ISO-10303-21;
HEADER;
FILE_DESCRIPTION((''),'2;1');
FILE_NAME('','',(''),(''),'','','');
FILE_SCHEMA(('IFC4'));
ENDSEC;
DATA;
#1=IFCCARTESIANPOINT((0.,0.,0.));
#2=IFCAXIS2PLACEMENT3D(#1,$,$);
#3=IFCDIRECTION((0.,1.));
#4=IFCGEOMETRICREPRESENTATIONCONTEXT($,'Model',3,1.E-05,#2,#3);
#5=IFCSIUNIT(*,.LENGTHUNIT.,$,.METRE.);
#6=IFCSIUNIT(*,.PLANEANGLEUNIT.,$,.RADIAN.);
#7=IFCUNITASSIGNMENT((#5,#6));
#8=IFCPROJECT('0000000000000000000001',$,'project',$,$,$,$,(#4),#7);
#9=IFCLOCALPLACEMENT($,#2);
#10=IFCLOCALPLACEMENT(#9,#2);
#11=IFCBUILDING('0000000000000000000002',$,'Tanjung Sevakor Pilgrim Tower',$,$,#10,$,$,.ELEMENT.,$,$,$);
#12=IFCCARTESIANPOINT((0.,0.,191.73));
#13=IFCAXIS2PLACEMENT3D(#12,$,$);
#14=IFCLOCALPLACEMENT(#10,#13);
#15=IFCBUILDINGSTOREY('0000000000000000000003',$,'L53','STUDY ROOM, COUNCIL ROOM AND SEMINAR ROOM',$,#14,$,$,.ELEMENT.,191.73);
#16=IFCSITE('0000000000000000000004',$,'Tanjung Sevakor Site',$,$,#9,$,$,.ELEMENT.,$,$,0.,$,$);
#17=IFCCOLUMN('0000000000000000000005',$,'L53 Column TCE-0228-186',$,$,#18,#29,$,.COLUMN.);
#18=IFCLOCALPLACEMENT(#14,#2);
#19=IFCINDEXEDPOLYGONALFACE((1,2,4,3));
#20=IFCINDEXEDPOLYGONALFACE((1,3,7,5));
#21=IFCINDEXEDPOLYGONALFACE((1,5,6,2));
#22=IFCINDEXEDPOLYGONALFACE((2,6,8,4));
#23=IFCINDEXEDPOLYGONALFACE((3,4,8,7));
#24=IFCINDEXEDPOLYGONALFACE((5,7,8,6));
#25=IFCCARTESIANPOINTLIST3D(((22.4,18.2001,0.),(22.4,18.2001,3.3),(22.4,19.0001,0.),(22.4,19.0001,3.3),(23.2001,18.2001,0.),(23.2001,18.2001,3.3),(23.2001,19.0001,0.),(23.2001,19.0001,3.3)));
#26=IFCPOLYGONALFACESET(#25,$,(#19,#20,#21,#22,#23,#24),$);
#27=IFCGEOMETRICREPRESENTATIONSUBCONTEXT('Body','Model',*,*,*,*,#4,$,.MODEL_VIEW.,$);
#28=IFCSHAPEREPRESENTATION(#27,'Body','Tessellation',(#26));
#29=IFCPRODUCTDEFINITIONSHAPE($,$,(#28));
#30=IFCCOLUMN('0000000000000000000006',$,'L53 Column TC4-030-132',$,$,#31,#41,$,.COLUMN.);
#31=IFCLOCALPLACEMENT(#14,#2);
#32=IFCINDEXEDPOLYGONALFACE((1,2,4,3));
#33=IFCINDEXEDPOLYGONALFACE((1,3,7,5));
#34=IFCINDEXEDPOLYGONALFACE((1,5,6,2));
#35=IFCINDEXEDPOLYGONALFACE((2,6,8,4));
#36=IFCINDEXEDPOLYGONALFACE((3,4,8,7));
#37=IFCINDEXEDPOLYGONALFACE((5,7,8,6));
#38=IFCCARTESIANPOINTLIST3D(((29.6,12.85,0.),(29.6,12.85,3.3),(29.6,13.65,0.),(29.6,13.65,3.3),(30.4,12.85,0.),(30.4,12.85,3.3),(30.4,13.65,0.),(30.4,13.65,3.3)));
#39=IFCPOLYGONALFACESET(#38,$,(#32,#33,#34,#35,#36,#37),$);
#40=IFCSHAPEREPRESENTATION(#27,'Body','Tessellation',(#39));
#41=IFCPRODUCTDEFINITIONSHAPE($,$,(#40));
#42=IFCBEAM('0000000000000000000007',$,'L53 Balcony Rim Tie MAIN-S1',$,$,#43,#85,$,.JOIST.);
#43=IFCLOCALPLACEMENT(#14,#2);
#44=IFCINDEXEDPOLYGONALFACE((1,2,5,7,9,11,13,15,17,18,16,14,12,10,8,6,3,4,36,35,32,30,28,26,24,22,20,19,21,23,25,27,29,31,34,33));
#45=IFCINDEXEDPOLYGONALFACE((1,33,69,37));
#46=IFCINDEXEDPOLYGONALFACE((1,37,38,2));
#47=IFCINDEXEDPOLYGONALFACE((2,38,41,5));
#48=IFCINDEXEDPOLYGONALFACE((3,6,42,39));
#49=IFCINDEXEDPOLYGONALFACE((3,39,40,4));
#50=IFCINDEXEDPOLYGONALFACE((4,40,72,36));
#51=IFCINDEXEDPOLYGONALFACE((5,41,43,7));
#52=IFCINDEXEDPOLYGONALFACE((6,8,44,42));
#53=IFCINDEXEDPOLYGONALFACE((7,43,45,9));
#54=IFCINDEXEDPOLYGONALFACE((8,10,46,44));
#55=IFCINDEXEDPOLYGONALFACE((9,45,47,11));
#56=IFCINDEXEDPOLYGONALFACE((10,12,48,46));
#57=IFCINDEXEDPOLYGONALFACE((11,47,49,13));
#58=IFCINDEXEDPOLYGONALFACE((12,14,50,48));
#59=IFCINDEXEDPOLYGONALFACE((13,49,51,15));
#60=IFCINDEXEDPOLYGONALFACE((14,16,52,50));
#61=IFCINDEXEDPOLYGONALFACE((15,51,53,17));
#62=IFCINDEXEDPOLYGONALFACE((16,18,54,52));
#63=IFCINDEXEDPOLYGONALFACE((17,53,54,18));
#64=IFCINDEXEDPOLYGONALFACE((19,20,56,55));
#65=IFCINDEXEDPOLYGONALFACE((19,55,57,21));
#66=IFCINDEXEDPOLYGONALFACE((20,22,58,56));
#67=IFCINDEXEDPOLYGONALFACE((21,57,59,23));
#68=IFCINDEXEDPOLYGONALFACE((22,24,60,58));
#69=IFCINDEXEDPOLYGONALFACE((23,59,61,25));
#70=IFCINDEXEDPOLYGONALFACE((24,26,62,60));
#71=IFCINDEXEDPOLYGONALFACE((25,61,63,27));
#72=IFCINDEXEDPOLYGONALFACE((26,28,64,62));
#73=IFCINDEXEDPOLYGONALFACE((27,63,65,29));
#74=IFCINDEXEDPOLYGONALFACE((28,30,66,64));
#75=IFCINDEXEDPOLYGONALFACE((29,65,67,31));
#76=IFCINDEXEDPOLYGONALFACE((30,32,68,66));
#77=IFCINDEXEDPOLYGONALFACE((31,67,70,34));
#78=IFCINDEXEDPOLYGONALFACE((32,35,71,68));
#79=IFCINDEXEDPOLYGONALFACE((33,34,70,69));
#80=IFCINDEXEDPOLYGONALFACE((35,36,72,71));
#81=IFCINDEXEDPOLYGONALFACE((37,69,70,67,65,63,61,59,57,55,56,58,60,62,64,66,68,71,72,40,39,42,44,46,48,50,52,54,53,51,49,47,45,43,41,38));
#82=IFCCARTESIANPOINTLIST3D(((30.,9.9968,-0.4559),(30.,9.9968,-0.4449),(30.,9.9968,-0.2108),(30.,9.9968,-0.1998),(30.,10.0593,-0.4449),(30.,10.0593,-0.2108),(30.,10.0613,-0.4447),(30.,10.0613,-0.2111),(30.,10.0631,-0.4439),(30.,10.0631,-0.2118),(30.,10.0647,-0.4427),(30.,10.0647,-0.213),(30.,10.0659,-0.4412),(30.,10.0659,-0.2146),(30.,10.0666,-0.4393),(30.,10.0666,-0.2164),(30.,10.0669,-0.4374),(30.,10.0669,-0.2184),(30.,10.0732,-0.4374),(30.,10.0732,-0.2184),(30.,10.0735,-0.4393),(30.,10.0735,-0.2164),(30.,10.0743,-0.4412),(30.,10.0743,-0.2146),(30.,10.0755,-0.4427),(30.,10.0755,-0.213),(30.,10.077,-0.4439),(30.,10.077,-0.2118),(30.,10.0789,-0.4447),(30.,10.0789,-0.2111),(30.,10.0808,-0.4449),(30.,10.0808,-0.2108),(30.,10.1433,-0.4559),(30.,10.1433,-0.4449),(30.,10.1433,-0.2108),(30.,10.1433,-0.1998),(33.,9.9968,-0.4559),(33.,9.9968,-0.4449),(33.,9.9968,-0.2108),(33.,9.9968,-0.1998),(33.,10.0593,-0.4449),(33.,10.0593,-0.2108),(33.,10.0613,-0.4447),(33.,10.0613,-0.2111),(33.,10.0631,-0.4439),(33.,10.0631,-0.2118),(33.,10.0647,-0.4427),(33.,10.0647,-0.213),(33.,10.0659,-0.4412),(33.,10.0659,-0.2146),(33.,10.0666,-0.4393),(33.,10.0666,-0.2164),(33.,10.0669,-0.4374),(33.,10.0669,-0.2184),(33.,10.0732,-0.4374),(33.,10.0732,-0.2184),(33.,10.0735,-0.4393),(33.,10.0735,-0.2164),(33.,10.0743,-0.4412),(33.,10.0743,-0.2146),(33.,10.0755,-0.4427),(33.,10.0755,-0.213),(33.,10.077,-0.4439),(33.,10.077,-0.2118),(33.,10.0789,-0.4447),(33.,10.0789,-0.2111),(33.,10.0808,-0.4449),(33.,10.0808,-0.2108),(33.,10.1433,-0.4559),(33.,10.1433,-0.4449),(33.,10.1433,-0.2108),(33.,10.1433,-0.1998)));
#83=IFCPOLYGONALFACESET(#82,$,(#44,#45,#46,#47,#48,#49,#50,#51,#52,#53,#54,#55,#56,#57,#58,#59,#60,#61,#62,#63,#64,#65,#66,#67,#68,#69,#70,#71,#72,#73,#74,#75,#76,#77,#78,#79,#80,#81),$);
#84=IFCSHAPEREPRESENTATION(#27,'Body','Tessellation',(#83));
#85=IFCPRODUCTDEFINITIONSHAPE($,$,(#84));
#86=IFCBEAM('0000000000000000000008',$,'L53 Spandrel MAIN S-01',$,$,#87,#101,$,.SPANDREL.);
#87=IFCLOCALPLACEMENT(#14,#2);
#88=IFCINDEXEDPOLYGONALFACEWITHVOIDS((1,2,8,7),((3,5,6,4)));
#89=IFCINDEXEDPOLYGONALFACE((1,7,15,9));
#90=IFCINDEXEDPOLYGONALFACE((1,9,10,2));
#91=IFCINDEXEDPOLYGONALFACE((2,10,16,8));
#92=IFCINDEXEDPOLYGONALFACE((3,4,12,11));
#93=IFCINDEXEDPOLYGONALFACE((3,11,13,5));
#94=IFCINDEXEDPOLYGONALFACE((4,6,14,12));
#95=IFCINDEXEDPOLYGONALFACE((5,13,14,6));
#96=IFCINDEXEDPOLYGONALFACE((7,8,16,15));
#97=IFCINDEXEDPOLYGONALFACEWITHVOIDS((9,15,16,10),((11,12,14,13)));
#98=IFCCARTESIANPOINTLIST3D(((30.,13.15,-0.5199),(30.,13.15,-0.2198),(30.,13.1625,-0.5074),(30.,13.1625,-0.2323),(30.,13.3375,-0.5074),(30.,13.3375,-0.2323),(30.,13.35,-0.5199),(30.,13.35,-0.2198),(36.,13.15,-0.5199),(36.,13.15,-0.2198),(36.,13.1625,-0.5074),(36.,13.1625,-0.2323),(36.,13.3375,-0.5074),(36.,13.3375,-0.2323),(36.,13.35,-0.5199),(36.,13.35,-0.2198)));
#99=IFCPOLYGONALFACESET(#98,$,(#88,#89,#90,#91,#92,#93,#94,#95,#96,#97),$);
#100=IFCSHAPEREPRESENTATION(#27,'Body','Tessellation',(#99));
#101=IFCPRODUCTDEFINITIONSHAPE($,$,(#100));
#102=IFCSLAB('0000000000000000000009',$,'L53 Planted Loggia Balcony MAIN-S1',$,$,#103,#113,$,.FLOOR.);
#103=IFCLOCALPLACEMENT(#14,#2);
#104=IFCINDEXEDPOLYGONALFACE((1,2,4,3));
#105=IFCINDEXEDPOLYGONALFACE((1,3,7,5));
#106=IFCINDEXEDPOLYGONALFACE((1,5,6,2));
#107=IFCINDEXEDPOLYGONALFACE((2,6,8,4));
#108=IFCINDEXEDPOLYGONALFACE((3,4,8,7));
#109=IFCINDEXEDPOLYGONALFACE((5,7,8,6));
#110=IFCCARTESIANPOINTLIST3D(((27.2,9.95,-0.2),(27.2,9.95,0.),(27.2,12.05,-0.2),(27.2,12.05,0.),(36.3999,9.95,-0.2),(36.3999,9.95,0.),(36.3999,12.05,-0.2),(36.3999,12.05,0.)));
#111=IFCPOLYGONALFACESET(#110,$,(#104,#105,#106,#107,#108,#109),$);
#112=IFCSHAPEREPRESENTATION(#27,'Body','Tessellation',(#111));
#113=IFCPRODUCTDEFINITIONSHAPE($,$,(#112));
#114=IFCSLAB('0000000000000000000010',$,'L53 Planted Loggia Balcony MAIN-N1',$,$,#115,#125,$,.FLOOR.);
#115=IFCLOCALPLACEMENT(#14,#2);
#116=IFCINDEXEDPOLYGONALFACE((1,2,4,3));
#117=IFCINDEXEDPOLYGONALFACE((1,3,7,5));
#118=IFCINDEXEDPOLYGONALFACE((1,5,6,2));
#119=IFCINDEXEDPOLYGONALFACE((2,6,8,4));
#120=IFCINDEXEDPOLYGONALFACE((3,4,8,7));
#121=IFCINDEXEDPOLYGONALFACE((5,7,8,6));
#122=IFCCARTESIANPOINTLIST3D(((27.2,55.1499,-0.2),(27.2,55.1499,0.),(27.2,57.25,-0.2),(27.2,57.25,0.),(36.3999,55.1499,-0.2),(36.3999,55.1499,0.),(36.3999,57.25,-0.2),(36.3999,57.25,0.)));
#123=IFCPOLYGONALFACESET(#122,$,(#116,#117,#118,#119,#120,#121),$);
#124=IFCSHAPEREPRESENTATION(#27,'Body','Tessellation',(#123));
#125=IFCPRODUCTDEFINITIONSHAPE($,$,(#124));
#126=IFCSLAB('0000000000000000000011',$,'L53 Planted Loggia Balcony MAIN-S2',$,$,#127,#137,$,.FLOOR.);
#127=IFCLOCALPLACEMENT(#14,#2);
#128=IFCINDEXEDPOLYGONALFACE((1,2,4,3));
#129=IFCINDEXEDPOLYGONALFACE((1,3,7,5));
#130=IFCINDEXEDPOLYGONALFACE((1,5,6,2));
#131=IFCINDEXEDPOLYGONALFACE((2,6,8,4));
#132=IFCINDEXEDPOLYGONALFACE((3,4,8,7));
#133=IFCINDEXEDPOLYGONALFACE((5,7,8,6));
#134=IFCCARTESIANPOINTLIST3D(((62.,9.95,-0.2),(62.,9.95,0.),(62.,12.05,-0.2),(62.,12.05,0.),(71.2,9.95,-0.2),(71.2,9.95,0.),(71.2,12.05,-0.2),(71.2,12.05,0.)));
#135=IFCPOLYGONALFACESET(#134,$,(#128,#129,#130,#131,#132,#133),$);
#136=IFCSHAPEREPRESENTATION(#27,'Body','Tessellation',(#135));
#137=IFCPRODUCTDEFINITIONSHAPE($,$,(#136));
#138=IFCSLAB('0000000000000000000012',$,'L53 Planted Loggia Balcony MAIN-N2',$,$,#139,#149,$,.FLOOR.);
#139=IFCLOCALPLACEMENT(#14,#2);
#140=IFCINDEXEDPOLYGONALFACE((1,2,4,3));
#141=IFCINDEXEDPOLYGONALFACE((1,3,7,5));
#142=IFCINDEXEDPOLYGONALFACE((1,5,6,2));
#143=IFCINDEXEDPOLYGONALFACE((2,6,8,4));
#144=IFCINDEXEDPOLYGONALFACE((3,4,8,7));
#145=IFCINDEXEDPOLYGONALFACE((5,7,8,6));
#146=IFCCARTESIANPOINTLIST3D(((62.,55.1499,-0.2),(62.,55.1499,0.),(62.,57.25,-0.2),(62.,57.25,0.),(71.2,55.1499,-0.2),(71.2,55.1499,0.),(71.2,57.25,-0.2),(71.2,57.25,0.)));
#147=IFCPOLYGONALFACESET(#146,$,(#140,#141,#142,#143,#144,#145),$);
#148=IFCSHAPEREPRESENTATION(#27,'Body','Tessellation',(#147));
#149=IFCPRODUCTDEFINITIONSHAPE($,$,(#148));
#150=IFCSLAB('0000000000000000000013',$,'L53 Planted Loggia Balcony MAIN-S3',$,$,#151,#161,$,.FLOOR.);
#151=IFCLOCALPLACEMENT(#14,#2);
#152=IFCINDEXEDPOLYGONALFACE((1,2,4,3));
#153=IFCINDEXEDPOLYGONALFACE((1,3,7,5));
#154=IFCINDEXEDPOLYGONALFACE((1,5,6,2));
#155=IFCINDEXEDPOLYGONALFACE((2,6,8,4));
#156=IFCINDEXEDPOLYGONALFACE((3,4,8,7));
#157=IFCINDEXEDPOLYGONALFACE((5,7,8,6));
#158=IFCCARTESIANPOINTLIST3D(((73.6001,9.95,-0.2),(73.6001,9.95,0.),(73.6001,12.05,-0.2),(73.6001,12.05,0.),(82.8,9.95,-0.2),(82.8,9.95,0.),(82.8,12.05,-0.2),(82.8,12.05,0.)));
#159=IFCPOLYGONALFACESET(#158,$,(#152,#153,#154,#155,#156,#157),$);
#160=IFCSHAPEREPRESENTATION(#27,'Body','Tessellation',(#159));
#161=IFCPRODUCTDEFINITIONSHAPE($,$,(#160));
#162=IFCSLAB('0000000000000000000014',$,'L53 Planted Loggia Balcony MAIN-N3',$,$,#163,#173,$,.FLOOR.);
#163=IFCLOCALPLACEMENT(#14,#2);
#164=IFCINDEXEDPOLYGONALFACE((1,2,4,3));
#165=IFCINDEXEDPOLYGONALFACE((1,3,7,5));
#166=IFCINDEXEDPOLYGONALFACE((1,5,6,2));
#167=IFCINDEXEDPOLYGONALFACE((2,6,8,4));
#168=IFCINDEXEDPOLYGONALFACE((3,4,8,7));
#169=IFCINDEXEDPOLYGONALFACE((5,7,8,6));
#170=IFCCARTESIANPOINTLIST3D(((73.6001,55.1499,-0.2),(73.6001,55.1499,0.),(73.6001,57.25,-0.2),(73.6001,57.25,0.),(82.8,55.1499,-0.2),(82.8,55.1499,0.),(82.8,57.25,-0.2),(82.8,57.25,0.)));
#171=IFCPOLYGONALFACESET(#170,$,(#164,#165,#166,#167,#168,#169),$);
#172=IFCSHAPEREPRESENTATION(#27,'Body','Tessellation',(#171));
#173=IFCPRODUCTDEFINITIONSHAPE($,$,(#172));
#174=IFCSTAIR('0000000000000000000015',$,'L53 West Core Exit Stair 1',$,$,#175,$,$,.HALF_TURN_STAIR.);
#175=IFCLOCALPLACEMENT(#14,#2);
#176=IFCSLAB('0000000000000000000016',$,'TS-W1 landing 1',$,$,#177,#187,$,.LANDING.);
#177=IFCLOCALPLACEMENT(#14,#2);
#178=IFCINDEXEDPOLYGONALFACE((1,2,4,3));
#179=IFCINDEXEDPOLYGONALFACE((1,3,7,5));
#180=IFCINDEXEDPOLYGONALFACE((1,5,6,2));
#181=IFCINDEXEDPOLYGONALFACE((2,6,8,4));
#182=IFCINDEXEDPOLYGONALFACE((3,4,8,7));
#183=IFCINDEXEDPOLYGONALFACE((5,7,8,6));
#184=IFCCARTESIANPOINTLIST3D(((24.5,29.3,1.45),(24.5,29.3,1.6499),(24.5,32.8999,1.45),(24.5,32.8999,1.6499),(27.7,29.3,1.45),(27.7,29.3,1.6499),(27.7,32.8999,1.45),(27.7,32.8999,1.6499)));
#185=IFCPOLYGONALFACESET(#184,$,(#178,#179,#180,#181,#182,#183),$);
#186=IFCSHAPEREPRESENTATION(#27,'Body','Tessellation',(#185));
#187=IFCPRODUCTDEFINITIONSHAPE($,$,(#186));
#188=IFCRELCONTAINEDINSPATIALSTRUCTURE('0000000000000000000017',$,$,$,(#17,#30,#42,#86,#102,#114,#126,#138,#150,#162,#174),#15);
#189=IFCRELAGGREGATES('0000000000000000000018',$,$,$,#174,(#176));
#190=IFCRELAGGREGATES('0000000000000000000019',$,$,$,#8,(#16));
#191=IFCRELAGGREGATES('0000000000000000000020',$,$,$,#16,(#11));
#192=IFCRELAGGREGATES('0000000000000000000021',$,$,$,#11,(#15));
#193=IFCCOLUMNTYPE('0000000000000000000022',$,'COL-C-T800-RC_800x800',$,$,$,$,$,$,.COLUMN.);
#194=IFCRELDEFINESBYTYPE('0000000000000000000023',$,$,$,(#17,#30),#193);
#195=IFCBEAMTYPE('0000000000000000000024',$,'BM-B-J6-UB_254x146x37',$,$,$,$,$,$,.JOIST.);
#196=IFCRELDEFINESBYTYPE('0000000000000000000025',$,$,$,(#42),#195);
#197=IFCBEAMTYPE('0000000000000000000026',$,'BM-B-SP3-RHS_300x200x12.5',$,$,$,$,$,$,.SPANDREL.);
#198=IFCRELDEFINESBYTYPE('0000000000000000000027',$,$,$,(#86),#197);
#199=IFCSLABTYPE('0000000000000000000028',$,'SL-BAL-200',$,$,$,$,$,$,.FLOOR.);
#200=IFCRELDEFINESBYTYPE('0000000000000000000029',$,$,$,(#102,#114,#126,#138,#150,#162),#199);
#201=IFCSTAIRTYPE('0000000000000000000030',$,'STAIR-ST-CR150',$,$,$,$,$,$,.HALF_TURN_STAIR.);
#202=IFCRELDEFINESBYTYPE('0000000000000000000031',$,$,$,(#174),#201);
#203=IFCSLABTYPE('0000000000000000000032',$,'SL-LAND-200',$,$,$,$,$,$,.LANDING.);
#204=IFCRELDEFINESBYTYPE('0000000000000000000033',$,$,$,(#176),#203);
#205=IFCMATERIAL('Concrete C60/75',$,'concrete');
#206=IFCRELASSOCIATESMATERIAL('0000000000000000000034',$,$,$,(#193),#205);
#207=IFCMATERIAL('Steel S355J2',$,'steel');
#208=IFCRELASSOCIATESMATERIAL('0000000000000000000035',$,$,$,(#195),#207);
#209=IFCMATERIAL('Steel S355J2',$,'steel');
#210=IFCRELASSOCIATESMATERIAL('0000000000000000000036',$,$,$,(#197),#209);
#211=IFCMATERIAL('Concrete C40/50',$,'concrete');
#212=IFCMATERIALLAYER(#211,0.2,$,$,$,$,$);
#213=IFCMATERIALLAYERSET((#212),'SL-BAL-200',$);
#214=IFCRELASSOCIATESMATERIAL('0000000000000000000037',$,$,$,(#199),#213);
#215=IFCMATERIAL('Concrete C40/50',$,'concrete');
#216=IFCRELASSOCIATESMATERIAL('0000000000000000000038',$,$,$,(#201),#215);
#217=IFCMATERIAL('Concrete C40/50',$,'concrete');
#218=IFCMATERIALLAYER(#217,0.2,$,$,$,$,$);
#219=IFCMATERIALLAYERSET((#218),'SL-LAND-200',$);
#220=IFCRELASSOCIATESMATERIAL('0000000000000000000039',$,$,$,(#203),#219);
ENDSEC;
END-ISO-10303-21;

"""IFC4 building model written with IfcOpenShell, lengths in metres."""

from ifc_helpers import new_model, si_unit, direction, frame, origin, origin_2d, place, context, subcontext, project, spatial, polyline, rectangle, hollow_rectangle, i_section, outline, extrude, material, layer, layer_set, material_profile, profile_set, type_object, element, aggregate, save


model = new_model("IFC4")

# Units and contexts
model_context = context("Model", 3, precision=1e-05, world=origin(), true_north=direction((0.0, 1.0)))
body_context = subcontext(model_context, "Body", "Model", "MODEL_VIEW")
ifc_project = project(units=[si_unit("LENGTHUNIT", "METRE"), si_unit("PLANEANGLEUNIT", "RADIAN")], contexts=[model_context])

# Site, building, storey
site_placement = place(None, origin())
site = spatial("IfcSite", under=ifc_project, at=site_placement, Name="Tanjung Sevakor Site", CompositionType="ELEMENT", RefElevation=0.0)
building_placement = place(site_placement, origin())
building = spatial("IfcBuilding", under=site, at=building_placement, Name="Tanjung Sevakor Pilgrim Tower", CompositionType="ELEMENT")
storey_placement = place(building_placement, frame((0.0, 0.0, 191.73)))
storey = spatial("IfcBuildingStorey", under=building, at=storey_placement, Name="L53", Description="STUDY ROOM, COUNCIL ROOM AND SEMINAR ROOM", CompositionType="ELEMENT", Elevation=191.73)

# Columns
ifc_material_1 = material(Name="Concrete C60/75", Category="concrete")
ifc_material_profile_1 = material_profile(ifc_material_1, rectangle(XDim=0.8, YDim=0.8, at=origin_2d()))
ifc_profile_set_1 = profile_set([ifc_material_profile_1], Name="Concrete C60/75")
column_type = type_object("IfcColumnType", Name="COL-C-T800-RC_800x800", PredefinedType="COLUMN", material=ifc_profile_set_1)
for number, where, z_axis, x_axis, name in (
    (1, (22.8, 18.6001, 0.0), (0.0, 0.0, 1.0), (1.0, 0.0, 0.0), "L53 Column TCE-0228-186"),
    (2, (30.0, 13.25, 0.0), (0.0, 0.0, 1.0), (1.0, 0.0, 0.0), "L53 Column TC4-030-132"),
):
    element("IfcColumn", number, at=place(storey_placement, frame(where, z_axis=z_axis, x_axis=x_axis)), inside=storey, type_object=column_type, Name=name, PredefinedType="COLUMN", context=body_context, shape_type="SweptSolid", body=[
        extrude(rectangle(XDim=0.8, YDim=0.8, at=origin_2d()), origin(), (0.0, 0.0, 1.0), 3.3),
    ])

# Beams
ifc_material_2 = material(Name="Steel S355J2", Category="steel")
ifc_material_profile_2 = material_profile(ifc_material_2, i_section(OverallWidth=0.1465, OverallDepth=0.2561, WebThickness=0.0063, FlangeThickness=0.011, FilletRadius=0.0076, at=origin_2d()))
ifc_profile_set_2 = profile_set([ifc_material_profile_2], Name="Steel S355J2")
beam_type_1 = type_object("IfcBeamType", Name="BM-B-J6-UB_254x146x37", PredefinedType="JOIST", material=ifc_profile_set_2)
beam_1_placement = place(storey_placement, frame((30.0, 10.0701, -0.3279), z_axis=(1.0, 0.0, 0.0), x_axis=(0.0, 1.0, 0.0)))
element("IfcBeam", 3, at=beam_1_placement, inside=storey, type_object=beam_type_1, Name="L53 Balcony Rim Tie MAIN-S1", PredefinedType="JOIST", context=body_context, shape_type="SweptSolid", body=[
    extrude(i_section(OverallWidth=0.1465, OverallDepth=0.2561, WebThickness=0.0063, FlangeThickness=0.011, FilletRadius=0.0076, at=origin_2d()), origin(), (0.0, 0.0, 1.0), 3.0),
])
ifc_material_3 = material(Name="Steel S355J2", Category="steel")
ifc_material_profile_3 = material_profile(ifc_material_3, hollow_rectangle(XDim=0.2, YDim=0.3, WallThickness=0.0125, at=origin_2d()))
ifc_profile_set_3 = profile_set([ifc_material_profile_3], Name="Steel S355J2")
beam_type_2 = type_object("IfcBeamType", Name="BM-B-SP3-RHS_300x200x12.5", PredefinedType="SPANDREL", material=ifc_profile_set_3)
beam_2_placement = place(storey_placement, frame((30.0, 13.25, -0.3699), z_axis=(1.0, 0.0, 0.0), x_axis=(0.0, 1.0, 0.0)))
element("IfcBeam", 4, at=beam_2_placement, inside=storey, type_object=beam_type_2, Name="L53 Spandrel MAIN S-01", PredefinedType="SPANDREL", context=body_context, shape_type="SweptSolid", body=[
    extrude(hollow_rectangle(XDim=0.2, YDim=0.3, WallThickness=0.0125, at=origin_2d()), origin(), (0.0, 0.0, 1.0), 6.0),
])

# Slabs
ifc_material_4 = material(Name="Concrete C40/50", Category="concrete")
ifc_layer_1 = layer(ifc_material_4, 0.2)
ifc_layer_set_1 = layer_set([ifc_layer_1], Name="SL-BAL-200")
slab_type_1 = type_object("IfcSlabType", Name="SL-BAL-200", PredefinedType="FLOOR", material=ifc_layer_set_1)
slab_1_placement = place(storey_placement, frame((0.0, 0.0, -0.2)))
element("IfcSlab", 5, at=slab_1_placement, inside=storey, type_object=slab_type_1, Name="L53 Planted Loggia Balcony MAIN-S1", PredefinedType="FLOOR", context=body_context, shape_type="SweptSolid", body=[
    extrude(outline(polyline([(27.2, 9.95), (36.3999, 9.95), (36.3999, 12.05), (27.2, 12.05), (27.2, 9.95)])), origin(), (0.0, 0.0, 1.0), 0.2),
])
slab_2_placement = place(storey_placement, frame((0.0, 0.0, -0.2)))
element("IfcSlab", 6, at=slab_2_placement, inside=storey, type_object=slab_type_1, Name="L53 Planted Loggia Balcony MAIN-N1", PredefinedType="FLOOR", context=body_context, shape_type="SweptSolid", body=[
    extrude(outline(polyline([(27.2, 55.1499), (36.3999, 55.1499), (36.3999, 57.25), (27.2, 57.25), (27.2, 55.1499)])), origin(), (0.0, 0.0, 1.0), 0.2),
])
slab_3_placement = place(storey_placement, frame((0.0, 0.0, -0.2)))
element("IfcSlab", 7, at=slab_3_placement, inside=storey, type_object=slab_type_1, Name="L53 Planted Loggia Balcony MAIN-S2", PredefinedType="FLOOR", context=body_context, shape_type="SweptSolid", body=[
    extrude(outline(polyline([(62.0, 9.95), (71.2, 9.95), (71.2, 12.05), (62.0, 12.05), (62.0, 9.95)])), origin(), (0.0, 0.0, 1.0), 0.2),
])
slab_4_placement = place(storey_placement, frame((0.0, 0.0, -0.2)))
element("IfcSlab", 8, at=slab_4_placement, inside=storey, type_object=slab_type_1, Name="L53 Planted Loggia Balcony MAIN-N2", PredefinedType="FLOOR", context=body_context, shape_type="SweptSolid", body=[
    extrude(outline(polyline([(62.0, 55.1499), (71.2, 55.1499), (71.2, 57.25), (62.0, 57.25), (62.0, 55.1499)])), origin(), (0.0, 0.0, 1.0), 0.2),
])
slab_5_placement = place(storey_placement, frame((0.0, 0.0, -0.2)))
element("IfcSlab", 9, at=slab_5_placement, inside=storey, type_object=slab_type_1, Name="L53 Planted Loggia Balcony MAIN-S3", PredefinedType="FLOOR", context=body_context, shape_type="SweptSolid", body=[
    extrude(outline(polyline([(73.6001, 9.95), (82.8, 9.95), (82.8, 12.05), (73.6001, 12.05), (73.6001, 9.95)])), origin(), (0.0, 0.0, 1.0), 0.2),
])
slab_6_placement = place(storey_placement, frame((0.0, 0.0, -0.2)))
element("IfcSlab", 10, at=slab_6_placement, inside=storey, type_object=slab_type_1, Name="L53 Planted Loggia Balcony MAIN-N3", PredefinedType="FLOOR", context=body_context, shape_type="SweptSolid", body=[
    extrude(outline(polyline([(73.6001, 55.1499), (82.8, 55.1499), (82.8, 57.25), (73.6001, 57.25), (73.6001, 55.1499)])), origin(), (0.0, 0.0, 1.0), 0.2),
])

# Stair, slab
ifc_material_5 = material(Name="Concrete C40/50", Category="concrete")
stair_type = type_object("IfcStairType", Name="STAIR-ST-CR150", PredefinedType="HALF_TURN_STAIR", material=ifc_material_5)
stair_1_placement = place(storey_placement, origin())
stair_1 = element("IfcStair", 11, at=stair_1_placement, inside=storey, type_object=stair_type, Name="L53 West Core Exit Stair 1", PredefinedType="HALF_TURN_STAIR")
ifc_material_6 = material(Name="Concrete C40/50", Category="concrete")
ifc_layer_2 = layer(ifc_material_6, 0.2)
ifc_layer_set_2 = layer_set([ifc_layer_2], Name="SL-LAND-200")
slab_type_2 = type_object("IfcSlabType", Name="SL-LAND-200", PredefinedType="LANDING", material=ifc_layer_set_2)
slab_7_placement = place(storey_placement, frame((0.0, 0.0, 1.45)))
slab_7 = element("IfcSlab", 12, at=slab_7_placement, type_object=slab_type_2, Name="TS-W1 landing 1", PredefinedType="LANDING", context=body_context, shape_type="SweptSolid", body=[
    extrude(outline(polyline([(27.7, 29.3), (27.7, 32.8999), (24.5, 32.8999), (24.5, 29.3), (27.7, 29.3)])), origin(), (0.0, 0.0, 1.0), 0.2),
])
aggregate(stair_1, [slab_7])

save(model, "model.ifc")
